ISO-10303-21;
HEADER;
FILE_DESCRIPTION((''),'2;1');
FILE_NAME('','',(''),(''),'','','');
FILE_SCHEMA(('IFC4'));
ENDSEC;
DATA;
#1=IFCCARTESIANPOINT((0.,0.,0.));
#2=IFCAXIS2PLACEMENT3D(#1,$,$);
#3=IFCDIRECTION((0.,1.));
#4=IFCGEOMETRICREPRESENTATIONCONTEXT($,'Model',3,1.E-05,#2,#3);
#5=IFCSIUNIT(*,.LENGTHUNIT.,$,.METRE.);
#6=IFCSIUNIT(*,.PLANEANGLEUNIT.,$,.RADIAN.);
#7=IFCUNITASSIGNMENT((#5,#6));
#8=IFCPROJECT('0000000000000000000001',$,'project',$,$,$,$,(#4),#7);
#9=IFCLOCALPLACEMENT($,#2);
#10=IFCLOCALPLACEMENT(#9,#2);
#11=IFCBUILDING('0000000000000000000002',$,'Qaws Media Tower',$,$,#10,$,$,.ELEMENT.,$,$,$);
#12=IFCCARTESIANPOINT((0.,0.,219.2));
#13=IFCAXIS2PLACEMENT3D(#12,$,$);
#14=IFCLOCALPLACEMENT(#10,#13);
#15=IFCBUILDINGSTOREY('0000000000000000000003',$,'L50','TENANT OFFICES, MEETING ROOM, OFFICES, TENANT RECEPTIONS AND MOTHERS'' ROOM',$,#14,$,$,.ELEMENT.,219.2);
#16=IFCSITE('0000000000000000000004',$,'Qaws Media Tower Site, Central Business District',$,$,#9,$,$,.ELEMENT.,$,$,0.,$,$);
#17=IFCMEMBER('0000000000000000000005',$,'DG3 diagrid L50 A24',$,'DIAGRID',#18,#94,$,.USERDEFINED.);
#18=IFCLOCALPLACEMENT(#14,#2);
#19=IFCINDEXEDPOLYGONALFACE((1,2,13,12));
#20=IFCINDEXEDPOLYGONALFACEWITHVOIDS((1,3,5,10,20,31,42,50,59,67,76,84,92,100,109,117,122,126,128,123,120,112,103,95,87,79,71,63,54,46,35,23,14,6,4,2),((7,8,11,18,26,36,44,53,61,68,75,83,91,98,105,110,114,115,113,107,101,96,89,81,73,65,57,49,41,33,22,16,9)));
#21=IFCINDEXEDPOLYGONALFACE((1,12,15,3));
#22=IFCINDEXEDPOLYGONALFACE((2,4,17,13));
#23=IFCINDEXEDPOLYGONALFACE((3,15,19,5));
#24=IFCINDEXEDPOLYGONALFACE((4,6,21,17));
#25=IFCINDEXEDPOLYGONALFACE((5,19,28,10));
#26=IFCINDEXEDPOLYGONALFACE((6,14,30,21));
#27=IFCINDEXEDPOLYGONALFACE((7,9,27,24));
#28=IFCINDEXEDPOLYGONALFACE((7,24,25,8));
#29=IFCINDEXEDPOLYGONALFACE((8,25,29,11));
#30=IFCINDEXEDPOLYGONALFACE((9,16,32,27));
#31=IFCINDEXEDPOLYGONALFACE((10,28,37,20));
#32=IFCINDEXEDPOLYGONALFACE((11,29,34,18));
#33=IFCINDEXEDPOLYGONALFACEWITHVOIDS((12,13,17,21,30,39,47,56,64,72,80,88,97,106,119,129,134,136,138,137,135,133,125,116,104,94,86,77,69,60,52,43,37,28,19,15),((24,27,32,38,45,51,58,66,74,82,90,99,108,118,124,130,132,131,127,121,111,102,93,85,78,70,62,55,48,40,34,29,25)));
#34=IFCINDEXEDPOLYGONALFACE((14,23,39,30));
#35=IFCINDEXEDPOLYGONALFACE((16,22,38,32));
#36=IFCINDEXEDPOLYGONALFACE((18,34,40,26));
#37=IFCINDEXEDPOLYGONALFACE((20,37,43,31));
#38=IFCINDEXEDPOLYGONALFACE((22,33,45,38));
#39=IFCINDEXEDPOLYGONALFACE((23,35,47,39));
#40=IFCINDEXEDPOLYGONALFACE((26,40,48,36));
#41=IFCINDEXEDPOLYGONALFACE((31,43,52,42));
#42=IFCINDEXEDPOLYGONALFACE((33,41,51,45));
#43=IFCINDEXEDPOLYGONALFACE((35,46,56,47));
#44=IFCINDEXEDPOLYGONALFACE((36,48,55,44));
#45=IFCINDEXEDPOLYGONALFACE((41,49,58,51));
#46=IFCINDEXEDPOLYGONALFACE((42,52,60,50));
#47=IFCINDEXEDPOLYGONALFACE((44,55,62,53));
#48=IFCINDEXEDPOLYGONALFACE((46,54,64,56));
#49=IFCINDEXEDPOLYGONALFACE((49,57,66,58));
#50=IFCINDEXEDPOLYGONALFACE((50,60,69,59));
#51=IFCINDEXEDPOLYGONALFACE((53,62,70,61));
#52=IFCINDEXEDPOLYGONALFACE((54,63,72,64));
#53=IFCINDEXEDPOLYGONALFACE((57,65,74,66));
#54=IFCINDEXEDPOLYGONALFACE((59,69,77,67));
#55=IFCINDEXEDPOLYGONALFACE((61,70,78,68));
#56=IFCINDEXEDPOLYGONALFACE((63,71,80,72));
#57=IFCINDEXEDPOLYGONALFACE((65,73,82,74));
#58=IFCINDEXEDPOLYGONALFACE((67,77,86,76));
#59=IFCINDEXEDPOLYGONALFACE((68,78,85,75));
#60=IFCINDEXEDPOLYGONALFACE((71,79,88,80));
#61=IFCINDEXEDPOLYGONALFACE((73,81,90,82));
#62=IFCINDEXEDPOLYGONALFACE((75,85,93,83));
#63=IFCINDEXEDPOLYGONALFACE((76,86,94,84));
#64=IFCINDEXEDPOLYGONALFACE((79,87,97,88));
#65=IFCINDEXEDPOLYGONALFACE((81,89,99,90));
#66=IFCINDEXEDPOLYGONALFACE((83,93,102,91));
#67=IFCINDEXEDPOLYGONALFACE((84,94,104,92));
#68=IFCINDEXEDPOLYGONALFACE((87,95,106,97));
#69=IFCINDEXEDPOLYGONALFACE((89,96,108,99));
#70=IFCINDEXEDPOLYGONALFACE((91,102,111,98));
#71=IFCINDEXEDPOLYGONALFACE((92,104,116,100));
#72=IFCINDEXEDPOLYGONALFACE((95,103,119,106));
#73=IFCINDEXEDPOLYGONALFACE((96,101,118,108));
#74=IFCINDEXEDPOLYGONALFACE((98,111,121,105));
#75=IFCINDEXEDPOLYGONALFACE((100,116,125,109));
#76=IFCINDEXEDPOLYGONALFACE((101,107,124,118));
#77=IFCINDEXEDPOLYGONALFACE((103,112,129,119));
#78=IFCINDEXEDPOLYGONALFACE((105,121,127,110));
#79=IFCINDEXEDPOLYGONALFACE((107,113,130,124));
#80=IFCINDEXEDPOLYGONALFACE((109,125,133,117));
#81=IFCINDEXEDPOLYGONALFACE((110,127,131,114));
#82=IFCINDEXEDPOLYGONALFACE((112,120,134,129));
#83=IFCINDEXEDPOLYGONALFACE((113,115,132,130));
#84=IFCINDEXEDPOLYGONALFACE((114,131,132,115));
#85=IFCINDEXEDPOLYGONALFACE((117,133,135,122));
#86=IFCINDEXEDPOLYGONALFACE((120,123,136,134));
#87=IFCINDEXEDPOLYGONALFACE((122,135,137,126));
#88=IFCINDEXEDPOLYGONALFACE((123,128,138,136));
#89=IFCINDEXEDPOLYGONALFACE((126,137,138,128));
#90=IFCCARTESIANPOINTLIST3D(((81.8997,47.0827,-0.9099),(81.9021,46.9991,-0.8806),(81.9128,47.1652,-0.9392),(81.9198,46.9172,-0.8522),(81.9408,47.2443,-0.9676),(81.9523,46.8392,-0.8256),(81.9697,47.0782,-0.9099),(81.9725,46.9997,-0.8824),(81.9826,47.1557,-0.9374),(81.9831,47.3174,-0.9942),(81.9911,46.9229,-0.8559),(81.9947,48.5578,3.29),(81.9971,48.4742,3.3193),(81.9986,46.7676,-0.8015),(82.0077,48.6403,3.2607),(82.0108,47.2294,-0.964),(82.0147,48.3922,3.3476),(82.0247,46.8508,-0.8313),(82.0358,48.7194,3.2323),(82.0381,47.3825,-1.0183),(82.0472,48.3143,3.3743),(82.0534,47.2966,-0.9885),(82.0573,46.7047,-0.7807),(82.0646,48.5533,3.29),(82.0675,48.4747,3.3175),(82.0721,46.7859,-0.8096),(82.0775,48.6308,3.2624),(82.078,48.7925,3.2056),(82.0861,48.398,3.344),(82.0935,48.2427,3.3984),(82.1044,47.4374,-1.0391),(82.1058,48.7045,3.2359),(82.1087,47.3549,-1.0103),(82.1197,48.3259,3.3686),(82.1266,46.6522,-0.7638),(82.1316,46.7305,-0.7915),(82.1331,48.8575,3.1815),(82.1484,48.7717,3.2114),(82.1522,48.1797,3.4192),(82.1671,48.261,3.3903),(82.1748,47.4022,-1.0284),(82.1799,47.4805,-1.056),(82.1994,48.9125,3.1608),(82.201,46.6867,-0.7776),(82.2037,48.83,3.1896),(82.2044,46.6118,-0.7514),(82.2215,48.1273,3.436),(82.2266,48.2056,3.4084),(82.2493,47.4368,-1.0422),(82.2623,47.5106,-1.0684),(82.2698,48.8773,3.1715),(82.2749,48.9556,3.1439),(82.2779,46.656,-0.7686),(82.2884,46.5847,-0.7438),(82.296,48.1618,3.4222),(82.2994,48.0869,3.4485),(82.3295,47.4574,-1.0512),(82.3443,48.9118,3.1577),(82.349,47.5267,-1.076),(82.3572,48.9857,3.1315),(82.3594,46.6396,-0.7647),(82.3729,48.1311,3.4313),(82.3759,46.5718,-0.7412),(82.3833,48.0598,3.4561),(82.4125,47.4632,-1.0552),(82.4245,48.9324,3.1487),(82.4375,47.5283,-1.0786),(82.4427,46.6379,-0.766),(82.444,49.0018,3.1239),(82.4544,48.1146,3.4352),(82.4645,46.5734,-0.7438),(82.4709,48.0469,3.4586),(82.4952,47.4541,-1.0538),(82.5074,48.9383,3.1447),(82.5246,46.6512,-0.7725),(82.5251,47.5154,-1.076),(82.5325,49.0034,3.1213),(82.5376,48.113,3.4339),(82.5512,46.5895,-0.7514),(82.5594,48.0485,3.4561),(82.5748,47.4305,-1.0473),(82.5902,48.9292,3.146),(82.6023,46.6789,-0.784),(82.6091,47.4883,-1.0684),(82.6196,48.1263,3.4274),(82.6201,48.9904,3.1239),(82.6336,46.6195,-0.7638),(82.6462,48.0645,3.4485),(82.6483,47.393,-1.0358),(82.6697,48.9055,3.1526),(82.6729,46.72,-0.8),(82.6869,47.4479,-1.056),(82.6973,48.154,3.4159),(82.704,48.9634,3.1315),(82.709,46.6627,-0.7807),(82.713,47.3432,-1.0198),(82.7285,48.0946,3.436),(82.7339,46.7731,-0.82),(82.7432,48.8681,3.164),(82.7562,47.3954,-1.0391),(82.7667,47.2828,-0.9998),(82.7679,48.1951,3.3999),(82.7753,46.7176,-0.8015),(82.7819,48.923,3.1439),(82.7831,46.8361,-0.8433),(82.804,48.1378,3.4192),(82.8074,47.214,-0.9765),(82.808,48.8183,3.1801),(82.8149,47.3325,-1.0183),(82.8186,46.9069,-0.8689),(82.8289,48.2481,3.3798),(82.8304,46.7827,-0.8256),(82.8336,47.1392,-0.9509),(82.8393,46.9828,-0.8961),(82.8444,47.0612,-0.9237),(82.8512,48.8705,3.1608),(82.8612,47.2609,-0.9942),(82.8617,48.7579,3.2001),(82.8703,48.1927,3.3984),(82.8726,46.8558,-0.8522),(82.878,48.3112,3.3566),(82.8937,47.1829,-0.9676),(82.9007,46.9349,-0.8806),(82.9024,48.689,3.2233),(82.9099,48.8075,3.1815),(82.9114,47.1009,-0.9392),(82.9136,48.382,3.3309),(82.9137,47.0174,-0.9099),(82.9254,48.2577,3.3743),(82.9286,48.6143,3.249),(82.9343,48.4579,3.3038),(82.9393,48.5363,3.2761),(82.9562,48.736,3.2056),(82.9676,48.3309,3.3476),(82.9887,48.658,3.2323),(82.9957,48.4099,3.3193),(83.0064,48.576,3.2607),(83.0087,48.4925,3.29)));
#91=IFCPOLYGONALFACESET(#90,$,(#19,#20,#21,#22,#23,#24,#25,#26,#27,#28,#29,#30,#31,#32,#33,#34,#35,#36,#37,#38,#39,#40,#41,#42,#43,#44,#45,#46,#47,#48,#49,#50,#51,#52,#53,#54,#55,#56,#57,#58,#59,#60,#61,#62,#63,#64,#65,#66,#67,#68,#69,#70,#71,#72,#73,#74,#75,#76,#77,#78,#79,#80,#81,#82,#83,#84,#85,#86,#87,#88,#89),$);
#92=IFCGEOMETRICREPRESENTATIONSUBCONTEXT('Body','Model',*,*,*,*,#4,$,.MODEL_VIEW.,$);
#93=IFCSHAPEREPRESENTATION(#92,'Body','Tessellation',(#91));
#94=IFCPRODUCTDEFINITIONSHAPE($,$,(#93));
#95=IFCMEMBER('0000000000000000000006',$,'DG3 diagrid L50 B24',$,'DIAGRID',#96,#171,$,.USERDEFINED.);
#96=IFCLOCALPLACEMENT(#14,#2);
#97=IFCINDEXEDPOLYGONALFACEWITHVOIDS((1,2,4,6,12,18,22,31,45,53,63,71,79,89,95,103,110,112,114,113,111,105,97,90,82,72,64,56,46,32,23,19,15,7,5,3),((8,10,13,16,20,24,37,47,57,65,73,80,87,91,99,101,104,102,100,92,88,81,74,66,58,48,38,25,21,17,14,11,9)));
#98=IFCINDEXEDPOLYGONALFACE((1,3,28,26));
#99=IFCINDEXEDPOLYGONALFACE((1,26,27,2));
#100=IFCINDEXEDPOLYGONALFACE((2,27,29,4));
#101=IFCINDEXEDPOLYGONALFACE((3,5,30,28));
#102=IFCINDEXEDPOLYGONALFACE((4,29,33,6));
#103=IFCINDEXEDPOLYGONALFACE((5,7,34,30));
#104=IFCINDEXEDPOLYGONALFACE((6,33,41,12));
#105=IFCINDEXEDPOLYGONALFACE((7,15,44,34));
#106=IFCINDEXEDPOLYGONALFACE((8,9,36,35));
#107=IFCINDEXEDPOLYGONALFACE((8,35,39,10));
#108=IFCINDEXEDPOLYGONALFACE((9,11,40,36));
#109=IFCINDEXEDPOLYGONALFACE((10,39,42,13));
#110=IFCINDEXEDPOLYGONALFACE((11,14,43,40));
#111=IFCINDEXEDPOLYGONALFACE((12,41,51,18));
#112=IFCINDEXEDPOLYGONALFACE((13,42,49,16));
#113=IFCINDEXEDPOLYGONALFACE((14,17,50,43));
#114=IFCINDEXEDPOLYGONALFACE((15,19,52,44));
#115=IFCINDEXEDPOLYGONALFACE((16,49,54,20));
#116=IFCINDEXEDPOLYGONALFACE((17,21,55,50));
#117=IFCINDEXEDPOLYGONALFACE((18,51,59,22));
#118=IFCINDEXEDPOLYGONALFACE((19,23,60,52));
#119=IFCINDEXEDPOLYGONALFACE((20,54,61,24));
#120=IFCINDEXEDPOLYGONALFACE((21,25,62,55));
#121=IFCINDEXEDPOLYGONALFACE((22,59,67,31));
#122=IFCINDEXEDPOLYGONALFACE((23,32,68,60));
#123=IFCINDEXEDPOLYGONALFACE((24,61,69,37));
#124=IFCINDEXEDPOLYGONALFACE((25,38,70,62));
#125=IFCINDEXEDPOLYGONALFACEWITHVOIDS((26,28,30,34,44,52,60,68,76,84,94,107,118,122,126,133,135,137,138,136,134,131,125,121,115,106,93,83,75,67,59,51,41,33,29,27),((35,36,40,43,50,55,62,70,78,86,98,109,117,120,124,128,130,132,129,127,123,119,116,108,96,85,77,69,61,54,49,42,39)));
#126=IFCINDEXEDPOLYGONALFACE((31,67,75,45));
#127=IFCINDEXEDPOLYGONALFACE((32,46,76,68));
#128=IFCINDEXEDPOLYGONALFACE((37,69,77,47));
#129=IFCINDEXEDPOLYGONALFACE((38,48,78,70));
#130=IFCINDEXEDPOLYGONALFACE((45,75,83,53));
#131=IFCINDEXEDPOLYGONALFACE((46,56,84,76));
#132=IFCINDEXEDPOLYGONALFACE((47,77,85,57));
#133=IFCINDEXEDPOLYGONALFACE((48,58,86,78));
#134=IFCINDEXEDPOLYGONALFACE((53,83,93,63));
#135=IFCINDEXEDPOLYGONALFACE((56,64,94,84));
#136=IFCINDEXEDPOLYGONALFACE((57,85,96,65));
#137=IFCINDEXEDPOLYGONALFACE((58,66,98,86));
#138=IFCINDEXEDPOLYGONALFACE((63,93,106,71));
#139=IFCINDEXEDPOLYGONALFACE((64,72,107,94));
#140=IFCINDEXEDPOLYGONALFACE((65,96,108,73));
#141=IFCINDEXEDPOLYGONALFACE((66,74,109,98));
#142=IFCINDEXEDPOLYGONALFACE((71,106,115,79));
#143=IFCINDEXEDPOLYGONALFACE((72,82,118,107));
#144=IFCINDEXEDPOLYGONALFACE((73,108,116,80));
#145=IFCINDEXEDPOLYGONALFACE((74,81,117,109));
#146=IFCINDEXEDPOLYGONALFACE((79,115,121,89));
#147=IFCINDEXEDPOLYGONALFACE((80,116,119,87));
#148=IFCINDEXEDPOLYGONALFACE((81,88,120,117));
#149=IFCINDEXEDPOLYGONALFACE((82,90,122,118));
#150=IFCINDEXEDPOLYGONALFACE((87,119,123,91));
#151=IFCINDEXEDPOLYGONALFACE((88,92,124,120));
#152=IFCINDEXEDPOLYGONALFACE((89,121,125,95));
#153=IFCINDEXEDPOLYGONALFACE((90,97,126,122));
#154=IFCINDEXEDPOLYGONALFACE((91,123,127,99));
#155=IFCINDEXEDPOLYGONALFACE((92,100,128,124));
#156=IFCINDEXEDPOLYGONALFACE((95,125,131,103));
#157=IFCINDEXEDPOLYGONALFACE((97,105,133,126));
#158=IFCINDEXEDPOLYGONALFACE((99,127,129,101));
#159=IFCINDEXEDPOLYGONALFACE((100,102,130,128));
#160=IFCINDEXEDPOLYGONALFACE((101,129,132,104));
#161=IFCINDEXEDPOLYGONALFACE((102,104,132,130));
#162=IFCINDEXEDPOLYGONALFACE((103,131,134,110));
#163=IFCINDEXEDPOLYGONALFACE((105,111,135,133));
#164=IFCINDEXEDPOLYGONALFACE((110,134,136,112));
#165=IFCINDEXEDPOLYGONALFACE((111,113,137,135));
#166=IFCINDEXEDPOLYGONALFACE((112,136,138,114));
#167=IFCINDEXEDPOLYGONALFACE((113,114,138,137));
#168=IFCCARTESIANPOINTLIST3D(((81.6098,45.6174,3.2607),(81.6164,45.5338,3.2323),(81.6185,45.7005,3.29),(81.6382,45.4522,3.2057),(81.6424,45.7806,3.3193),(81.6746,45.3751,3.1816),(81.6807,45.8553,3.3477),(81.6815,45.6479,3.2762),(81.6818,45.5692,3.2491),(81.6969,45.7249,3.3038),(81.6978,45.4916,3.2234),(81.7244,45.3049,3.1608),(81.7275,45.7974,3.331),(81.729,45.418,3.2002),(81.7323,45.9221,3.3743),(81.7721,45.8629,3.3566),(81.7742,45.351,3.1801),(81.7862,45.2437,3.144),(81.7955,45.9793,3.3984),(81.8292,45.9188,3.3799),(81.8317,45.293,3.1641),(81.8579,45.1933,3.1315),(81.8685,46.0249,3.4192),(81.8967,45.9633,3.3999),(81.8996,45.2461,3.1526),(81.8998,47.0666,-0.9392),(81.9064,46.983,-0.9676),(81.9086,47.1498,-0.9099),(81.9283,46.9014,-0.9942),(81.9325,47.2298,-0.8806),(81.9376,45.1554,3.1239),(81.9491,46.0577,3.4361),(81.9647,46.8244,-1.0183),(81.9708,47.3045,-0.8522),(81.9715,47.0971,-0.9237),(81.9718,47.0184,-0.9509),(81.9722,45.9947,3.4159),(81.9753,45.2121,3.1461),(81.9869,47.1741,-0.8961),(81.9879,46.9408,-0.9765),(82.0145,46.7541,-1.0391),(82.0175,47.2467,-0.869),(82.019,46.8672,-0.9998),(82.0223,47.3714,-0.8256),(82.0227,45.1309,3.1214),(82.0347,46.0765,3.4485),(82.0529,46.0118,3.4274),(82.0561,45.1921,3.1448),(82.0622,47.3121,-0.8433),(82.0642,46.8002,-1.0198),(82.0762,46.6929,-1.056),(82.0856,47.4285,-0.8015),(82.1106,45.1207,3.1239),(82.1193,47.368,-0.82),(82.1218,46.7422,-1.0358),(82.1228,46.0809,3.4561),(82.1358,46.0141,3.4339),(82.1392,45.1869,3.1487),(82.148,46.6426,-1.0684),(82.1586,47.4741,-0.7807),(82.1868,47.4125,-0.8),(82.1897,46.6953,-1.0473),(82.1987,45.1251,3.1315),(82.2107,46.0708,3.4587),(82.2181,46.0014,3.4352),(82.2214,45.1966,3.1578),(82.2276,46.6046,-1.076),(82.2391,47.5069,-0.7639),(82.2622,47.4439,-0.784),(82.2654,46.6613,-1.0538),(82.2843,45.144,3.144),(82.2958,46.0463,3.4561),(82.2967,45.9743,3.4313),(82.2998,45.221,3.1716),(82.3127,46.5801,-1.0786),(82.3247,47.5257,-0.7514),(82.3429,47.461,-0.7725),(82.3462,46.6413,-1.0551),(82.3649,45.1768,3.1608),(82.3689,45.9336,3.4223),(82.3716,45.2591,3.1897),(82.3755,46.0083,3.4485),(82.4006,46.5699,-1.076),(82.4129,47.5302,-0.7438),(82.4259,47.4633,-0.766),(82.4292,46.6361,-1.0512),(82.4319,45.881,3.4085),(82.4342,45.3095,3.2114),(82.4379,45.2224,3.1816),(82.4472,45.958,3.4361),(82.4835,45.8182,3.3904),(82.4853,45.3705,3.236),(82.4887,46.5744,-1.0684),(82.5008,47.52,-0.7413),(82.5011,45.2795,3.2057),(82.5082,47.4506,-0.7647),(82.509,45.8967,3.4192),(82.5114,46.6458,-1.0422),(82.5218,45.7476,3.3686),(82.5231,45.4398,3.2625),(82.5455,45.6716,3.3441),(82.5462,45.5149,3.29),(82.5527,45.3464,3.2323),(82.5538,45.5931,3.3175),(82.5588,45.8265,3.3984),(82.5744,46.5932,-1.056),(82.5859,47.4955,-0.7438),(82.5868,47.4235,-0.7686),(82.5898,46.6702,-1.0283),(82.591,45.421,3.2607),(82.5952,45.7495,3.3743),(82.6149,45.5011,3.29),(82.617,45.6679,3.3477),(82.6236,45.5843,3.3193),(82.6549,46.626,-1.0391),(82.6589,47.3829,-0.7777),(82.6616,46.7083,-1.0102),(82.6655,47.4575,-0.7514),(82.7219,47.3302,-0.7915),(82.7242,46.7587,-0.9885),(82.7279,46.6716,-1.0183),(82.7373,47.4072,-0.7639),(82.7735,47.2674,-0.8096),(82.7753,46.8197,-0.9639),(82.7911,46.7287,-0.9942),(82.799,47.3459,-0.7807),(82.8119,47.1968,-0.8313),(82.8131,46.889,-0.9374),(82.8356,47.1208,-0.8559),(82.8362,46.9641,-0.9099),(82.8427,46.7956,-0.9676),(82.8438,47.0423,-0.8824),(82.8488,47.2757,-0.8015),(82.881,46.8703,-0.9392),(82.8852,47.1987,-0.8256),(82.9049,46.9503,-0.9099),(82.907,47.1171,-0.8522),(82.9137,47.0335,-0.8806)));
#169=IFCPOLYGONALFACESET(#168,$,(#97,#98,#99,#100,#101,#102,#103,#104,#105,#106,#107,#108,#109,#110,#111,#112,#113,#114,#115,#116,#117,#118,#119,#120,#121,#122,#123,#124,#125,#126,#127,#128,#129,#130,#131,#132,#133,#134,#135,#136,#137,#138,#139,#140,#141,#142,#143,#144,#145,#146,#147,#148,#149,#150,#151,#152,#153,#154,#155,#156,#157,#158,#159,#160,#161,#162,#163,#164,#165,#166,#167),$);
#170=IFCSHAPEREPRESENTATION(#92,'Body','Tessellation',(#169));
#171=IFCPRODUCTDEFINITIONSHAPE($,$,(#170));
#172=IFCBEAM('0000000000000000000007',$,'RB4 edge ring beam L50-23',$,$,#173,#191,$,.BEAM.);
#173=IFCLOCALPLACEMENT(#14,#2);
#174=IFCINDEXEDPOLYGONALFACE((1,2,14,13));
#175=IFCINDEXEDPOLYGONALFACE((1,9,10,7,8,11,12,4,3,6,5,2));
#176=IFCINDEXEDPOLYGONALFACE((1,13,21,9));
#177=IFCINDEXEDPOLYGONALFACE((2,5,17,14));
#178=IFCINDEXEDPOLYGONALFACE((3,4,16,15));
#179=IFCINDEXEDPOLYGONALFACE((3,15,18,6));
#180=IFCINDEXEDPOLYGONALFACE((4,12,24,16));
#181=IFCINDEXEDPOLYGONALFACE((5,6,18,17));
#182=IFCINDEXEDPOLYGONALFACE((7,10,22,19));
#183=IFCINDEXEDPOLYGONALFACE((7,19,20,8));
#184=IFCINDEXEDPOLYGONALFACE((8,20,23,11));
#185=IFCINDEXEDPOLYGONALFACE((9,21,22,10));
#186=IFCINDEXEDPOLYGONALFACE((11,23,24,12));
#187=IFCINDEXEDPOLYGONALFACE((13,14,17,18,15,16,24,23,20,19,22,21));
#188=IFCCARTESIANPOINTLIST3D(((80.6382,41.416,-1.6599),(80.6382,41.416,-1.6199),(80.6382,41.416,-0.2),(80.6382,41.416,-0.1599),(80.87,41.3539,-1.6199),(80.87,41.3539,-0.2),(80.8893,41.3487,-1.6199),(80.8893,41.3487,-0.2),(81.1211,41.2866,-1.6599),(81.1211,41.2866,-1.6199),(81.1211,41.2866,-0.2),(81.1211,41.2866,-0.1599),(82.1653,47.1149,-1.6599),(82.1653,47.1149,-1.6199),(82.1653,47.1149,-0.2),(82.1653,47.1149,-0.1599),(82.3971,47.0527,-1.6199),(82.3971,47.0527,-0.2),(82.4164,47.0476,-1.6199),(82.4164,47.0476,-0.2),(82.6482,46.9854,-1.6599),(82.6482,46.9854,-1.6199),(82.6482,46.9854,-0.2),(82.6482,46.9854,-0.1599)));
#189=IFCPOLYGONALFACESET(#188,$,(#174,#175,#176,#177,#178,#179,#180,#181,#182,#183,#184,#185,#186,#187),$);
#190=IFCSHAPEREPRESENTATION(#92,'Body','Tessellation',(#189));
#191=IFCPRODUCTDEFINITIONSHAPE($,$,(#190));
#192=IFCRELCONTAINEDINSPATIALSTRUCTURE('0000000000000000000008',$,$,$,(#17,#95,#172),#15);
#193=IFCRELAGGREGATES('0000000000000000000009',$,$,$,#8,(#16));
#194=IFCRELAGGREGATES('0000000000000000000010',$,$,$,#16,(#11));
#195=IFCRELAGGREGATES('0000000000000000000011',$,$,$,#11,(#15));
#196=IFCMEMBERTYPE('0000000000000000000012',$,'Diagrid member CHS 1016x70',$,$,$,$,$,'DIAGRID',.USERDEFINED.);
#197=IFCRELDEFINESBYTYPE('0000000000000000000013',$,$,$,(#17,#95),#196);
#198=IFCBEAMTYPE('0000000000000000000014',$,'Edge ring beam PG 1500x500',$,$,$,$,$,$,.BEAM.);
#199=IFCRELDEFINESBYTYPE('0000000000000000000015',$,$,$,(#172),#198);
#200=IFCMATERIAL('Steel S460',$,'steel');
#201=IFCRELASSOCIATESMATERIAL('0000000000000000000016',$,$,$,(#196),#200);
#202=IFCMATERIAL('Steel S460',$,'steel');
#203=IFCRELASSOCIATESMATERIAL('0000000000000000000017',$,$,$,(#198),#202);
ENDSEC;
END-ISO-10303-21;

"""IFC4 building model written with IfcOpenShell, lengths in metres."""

from ifc_helpers import new_model, si_unit, direction, frame, origin, origin_2d, place, context, subcontext, project, spatial, hollow_circle, i_section, extrude, material, material_profile, profile_set, type_object, element, save


model = new_model("IFC4")

# Units and contexts
model_context = context("Model", 3, precision=1e-05, world=origin(), true_north=direction((0.0, 1.0)))
body_context = subcontext(model_context, "Body", "Model", "MODEL_VIEW")
ifc_project = project(units=[si_unit("LENGTHUNIT", "METRE"), si_unit("PLANEANGLEUNIT", "RADIAN")], contexts=[model_context])

# Site, building, storey
site_placement = place(None, origin())
site = spatial("IfcSite", under=ifc_project, at=site_placement, Name="Qaws Media Tower Site, Central Business District", CompositionType="ELEMENT", RefElevation=0.0)
building_placement = place(site_placement, origin())
building = spatial("IfcBuilding", under=site, at=building_placement, Name="Qaws Media Tower", CompositionType="ELEMENT")
storey_placement = place(building_placement, frame((0.0, 0.0, 219.2)))
storey = spatial("IfcBuildingStorey", under=building, at=storey_placement, Name="L50", Description="TENANT OFFICES, MEETING ROOM, OFFICES, TENANT RECEPTIONS AND MOTHERS' ROOM", CompositionType="ELEMENT", Elevation=219.2)

# Members
ifc_material_1 = material(Name="Steel S460", Category="steel")
ifc_material_profile_1 = material_profile(ifc_material_1, hollow_circle(Radius=0.5081, WallThickness=0.0701, at=origin_2d()), Name="CHS 1016x70")
ifc_profile_set_1 = profile_set([ifc_material_profile_1], Name="Steel S460")
member_type_1 = type_object("IfcMemberType", Name="Diagrid member CHS 1016x70", ElementType="DIAGRID", PredefinedType="USERDEFINED", material=ifc_profile_set_1)
for number, where, z_axis, x_axis, name in (
    (1, (82.4067, 47.05, -0.9099), (0.02133, 0.331298, 0.943285), (-0.997934, 0.06425, 0.0), "DG3 diagrid L50 A24"),
    (2, (82.4067, 47.05, -0.9099), (-0.065142, -0.325491, 0.943299), (0.980555, -0.196243, 0.0), "DG3 diagrid L50 B24"),
):
    element("IfcMember", number, at=place(storey_placement, frame(where, z_axis=z_axis, x_axis=x_axis)), inside=storey, type_object=member_type_1, Name=name, ObjectType="DIAGRID", PredefinedType="USERDEFINED", context=body_context, shape_type="SweptSolid", body=[
        extrude(hollow_circle(Radius=0.5081, WallThickness=0.0701, at=origin_2d()), origin(), (0.0, 0.0, 1.0), 4.4524),
    ])

# Beam
ifc_material_2 = material(Name="Steel S460", Category="steel")
ifc_material_profile_2 = material_profile(ifc_material_2, i_section(OverallWidth=0.5, OverallDepth=1.5, WebThickness=0.02, FlangeThickness=0.04, at=origin_2d()), Name="PG 1500x500")
ifc_profile_set_2 = profile_set([ifc_material_profile_2], Name="Steel S460")
beam_type_1 = type_object("IfcBeamType", Name="Edge ring beam PG 1500x500", PredefinedType="BEAM", material=ifc_profile_set_2)
for number, where, z_axis, x_axis, name in (
    (3, (80.8796, 41.3513, -0.9099), (0.25884, 0.96592, 0.0), (-0.96592, 0.25884, 0.0), "RB4 edge ring beam L50-23"),
):
    element("IfcBeam", number, at=place(storey_placement, frame(where, z_axis=z_axis, x_axis=x_axis)), inside=storey, type_object=beam_type_1, Name=name, PredefinedType="BEAM", context=body_context, shape_type="SweptSolid", body=[
        extrude(i_section(OverallWidth=0.5, OverallDepth=1.5, WebThickness=0.02, FlangeThickness=0.04, at=origin_2d()), origin(), (0.0, 0.0, 1.0), 5.8999),
    ])

save(model, "model.ifc")
